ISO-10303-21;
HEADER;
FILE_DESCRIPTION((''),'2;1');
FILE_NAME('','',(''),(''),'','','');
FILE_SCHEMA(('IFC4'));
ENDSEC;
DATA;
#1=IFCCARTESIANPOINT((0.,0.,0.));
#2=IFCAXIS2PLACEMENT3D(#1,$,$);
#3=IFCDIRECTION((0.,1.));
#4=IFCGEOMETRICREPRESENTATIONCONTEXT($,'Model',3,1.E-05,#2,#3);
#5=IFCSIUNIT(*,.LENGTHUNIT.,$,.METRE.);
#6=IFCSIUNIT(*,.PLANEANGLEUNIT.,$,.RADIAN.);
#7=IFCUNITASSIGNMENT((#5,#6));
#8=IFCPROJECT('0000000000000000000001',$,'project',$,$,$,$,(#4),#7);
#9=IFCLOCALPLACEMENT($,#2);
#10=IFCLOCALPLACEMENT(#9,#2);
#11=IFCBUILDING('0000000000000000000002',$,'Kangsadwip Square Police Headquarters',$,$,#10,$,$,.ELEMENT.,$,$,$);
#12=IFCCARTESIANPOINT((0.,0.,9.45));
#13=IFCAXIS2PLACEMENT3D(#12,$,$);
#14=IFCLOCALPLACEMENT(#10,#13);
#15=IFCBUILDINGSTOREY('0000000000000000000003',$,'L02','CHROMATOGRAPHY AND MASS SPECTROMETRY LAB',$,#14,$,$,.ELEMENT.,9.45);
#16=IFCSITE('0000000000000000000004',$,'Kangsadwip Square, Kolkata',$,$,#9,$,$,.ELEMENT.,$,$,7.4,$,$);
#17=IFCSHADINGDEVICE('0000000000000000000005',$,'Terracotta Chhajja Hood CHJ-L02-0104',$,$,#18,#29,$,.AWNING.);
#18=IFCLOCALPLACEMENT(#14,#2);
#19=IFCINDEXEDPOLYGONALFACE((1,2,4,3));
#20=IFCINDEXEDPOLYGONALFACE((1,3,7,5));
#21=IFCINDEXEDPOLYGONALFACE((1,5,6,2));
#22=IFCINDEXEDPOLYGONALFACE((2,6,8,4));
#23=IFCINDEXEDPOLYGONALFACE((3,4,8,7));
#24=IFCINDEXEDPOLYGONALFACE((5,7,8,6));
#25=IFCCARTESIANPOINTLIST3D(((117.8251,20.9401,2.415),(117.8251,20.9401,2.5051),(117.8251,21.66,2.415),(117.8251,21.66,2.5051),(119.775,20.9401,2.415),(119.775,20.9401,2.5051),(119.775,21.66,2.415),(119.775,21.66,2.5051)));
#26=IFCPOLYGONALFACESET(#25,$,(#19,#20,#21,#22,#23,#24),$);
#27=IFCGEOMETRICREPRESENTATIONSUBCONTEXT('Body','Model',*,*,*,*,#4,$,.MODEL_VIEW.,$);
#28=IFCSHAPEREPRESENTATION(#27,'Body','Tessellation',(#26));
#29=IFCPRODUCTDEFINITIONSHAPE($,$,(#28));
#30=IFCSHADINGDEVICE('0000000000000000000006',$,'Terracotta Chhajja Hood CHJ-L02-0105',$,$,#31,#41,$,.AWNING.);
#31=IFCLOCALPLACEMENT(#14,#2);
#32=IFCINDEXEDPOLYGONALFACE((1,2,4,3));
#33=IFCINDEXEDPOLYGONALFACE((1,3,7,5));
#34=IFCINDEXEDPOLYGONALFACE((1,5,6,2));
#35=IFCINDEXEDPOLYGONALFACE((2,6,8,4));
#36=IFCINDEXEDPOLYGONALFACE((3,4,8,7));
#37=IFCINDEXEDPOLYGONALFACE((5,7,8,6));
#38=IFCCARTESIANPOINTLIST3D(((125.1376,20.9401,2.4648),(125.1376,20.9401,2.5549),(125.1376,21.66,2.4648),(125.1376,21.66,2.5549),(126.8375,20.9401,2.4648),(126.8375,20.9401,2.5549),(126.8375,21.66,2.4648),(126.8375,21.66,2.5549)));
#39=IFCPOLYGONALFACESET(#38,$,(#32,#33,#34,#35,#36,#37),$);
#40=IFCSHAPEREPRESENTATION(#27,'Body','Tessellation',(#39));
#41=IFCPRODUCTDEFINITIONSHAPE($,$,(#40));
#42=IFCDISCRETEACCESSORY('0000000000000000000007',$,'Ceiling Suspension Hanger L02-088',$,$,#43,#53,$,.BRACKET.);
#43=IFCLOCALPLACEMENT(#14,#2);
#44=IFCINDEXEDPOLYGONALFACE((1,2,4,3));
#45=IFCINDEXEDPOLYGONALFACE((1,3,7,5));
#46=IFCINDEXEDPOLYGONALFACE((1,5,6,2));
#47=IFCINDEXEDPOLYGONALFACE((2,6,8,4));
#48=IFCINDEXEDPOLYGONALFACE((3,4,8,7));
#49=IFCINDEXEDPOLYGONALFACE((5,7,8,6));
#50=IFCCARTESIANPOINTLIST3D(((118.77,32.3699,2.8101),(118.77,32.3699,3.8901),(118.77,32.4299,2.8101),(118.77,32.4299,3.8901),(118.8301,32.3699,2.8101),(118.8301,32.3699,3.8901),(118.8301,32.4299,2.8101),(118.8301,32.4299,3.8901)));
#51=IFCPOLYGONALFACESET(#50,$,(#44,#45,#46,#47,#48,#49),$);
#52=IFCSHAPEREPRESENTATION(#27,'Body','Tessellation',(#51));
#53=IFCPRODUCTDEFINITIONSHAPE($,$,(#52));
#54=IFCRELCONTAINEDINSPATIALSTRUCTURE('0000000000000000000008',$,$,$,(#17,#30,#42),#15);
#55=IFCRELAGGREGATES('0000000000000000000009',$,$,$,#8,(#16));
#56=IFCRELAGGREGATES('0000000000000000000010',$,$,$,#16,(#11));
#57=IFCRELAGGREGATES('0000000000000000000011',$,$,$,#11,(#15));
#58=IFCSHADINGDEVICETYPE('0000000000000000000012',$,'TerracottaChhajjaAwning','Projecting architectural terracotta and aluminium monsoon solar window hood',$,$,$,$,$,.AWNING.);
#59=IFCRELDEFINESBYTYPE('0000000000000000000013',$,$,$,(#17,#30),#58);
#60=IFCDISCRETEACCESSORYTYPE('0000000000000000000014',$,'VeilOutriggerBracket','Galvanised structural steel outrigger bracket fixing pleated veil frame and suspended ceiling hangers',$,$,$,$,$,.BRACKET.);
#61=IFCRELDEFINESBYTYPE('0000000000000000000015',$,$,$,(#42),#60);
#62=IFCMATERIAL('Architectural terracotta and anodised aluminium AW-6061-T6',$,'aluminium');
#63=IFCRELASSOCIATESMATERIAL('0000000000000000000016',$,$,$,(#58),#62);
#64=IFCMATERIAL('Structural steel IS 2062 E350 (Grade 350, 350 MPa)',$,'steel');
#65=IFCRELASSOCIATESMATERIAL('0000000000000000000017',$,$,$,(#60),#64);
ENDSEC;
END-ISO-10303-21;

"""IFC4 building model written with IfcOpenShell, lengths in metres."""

from ifc_helpers import new_model, si_unit, direction, frame, origin, origin_2d, place, context, subcontext, project, spatial, rectangle, extrude, material, type_object, element, save


model = new_model("IFC4")

# Units and contexts
model_context = context("Model", 3, precision=1e-05, world=origin(), true_north=direction((0.0, 1.0)))
body_context = subcontext(model_context, "Body", "Model", "MODEL_VIEW")
ifc_project = project(units=[si_unit("LENGTHUNIT", "METRE"), si_unit("PLANEANGLEUNIT", "RADIAN")], contexts=[model_context])

# Site, building, storey
site_placement = place(None, origin())
site = spatial("IfcSite", under=ifc_project, at=site_placement, Name="Kangsadwip Square, Kolkata", CompositionType="ELEMENT", RefElevation=7.4)
building_placement = place(site_placement, origin())
building = spatial("IfcBuilding", under=site, at=building_placement, Name="Kangsadwip Square Police Headquarters", CompositionType="ELEMENT")
storey_placement = place(building_placement, frame((0.0, 0.0, 9.45)))
storey = spatial("IfcBuildingStorey", under=building, at=storey_placement, Name="L02", Description="CHROMATOGRAPHY AND MASS SPECTROMETRY LAB", CompositionType="ELEMENT", Elevation=9.45)

# Shading devices
ifc_material_1 = material(Name="Architectural terracotta and anodised aluminium AW-6061-T6", Category="aluminium")
shading_device_type = type_object("IfcShadingDeviceType", Name="TerracottaChhajjaAwning", Description="Projecting architectural terracotta and aluminium monsoon solar window hood", PredefinedType="AWNING", material=ifc_material_1)
shading_device_1_placement = place(storey_placement, frame((118.8, 21.3, 2.415), z_axis=(0.0, 0.0, 1.0), x_axis=(1.0, 0.0, 0.0)))
element("IfcShadingDevice", 1, at=shading_device_1_placement, inside=storey, type_object=shading_device_type, Name="Terracotta Chhajja Hood CHJ-L02-0104", PredefinedType="AWNING", context=body_context, shape_type="SweptSolid", body=[
    extrude(rectangle(XDim=1.95, YDim=0.72, at=origin_2d()), origin(), (0.0, 0.0, 1.0), 0.0901),
])
shading_device_2_placement = place(storey_placement, frame((125.9875, 21.3, 2.4648), z_axis=(0.0, 0.0, 1.0), x_axis=(1.0, 0.0, 0.0)))
element("IfcShadingDevice", 2, at=shading_device_2_placement, inside=storey, type_object=shading_device_type, Name="Terracotta Chhajja Hood CHJ-L02-0105", PredefinedType="AWNING", context=body_context, shape_type="SweptSolid", body=[
    extrude(rectangle(XDim=1.7, YDim=0.72, at=origin_2d()), origin(), (0.0, 0.0, 1.0), 0.0901),
])

# Discrete accessory
ifc_material_2 = material(Name="Structural steel IS 2062 E350 (Grade 350, 350 MPa)", Category="steel")
discrete_accessory_type = type_object("IfcDiscreteAccessoryType", Name="VeilOutriggerBracket", Description="Galvanised structural steel outrigger bracket fixing pleated veil frame and suspended ceiling hangers", PredefinedType="BRACKET", material=ifc_material_2)
discrete_accessory_placement = place(storey_placement, frame((118.8, 32.3999, 2.8101), z_axis=(0.0, 0.0, 1.0), x_axis=(1.0, 0.0, 0.0)))
element("IfcDiscreteAccessory", 3, at=discrete_accessory_placement, inside=storey, type_object=discrete_accessory_type, Name="Ceiling Suspension Hanger L02-088", PredefinedType="BRACKET", context=body_context, shape_type="SweptSolid", body=[
    extrude(rectangle(XDim=0.0601, YDim=0.0601, at=origin_2d()), origin(), (0.0, 0.0, 1.0), 1.0801),
])

save(model, "model.ifc")
